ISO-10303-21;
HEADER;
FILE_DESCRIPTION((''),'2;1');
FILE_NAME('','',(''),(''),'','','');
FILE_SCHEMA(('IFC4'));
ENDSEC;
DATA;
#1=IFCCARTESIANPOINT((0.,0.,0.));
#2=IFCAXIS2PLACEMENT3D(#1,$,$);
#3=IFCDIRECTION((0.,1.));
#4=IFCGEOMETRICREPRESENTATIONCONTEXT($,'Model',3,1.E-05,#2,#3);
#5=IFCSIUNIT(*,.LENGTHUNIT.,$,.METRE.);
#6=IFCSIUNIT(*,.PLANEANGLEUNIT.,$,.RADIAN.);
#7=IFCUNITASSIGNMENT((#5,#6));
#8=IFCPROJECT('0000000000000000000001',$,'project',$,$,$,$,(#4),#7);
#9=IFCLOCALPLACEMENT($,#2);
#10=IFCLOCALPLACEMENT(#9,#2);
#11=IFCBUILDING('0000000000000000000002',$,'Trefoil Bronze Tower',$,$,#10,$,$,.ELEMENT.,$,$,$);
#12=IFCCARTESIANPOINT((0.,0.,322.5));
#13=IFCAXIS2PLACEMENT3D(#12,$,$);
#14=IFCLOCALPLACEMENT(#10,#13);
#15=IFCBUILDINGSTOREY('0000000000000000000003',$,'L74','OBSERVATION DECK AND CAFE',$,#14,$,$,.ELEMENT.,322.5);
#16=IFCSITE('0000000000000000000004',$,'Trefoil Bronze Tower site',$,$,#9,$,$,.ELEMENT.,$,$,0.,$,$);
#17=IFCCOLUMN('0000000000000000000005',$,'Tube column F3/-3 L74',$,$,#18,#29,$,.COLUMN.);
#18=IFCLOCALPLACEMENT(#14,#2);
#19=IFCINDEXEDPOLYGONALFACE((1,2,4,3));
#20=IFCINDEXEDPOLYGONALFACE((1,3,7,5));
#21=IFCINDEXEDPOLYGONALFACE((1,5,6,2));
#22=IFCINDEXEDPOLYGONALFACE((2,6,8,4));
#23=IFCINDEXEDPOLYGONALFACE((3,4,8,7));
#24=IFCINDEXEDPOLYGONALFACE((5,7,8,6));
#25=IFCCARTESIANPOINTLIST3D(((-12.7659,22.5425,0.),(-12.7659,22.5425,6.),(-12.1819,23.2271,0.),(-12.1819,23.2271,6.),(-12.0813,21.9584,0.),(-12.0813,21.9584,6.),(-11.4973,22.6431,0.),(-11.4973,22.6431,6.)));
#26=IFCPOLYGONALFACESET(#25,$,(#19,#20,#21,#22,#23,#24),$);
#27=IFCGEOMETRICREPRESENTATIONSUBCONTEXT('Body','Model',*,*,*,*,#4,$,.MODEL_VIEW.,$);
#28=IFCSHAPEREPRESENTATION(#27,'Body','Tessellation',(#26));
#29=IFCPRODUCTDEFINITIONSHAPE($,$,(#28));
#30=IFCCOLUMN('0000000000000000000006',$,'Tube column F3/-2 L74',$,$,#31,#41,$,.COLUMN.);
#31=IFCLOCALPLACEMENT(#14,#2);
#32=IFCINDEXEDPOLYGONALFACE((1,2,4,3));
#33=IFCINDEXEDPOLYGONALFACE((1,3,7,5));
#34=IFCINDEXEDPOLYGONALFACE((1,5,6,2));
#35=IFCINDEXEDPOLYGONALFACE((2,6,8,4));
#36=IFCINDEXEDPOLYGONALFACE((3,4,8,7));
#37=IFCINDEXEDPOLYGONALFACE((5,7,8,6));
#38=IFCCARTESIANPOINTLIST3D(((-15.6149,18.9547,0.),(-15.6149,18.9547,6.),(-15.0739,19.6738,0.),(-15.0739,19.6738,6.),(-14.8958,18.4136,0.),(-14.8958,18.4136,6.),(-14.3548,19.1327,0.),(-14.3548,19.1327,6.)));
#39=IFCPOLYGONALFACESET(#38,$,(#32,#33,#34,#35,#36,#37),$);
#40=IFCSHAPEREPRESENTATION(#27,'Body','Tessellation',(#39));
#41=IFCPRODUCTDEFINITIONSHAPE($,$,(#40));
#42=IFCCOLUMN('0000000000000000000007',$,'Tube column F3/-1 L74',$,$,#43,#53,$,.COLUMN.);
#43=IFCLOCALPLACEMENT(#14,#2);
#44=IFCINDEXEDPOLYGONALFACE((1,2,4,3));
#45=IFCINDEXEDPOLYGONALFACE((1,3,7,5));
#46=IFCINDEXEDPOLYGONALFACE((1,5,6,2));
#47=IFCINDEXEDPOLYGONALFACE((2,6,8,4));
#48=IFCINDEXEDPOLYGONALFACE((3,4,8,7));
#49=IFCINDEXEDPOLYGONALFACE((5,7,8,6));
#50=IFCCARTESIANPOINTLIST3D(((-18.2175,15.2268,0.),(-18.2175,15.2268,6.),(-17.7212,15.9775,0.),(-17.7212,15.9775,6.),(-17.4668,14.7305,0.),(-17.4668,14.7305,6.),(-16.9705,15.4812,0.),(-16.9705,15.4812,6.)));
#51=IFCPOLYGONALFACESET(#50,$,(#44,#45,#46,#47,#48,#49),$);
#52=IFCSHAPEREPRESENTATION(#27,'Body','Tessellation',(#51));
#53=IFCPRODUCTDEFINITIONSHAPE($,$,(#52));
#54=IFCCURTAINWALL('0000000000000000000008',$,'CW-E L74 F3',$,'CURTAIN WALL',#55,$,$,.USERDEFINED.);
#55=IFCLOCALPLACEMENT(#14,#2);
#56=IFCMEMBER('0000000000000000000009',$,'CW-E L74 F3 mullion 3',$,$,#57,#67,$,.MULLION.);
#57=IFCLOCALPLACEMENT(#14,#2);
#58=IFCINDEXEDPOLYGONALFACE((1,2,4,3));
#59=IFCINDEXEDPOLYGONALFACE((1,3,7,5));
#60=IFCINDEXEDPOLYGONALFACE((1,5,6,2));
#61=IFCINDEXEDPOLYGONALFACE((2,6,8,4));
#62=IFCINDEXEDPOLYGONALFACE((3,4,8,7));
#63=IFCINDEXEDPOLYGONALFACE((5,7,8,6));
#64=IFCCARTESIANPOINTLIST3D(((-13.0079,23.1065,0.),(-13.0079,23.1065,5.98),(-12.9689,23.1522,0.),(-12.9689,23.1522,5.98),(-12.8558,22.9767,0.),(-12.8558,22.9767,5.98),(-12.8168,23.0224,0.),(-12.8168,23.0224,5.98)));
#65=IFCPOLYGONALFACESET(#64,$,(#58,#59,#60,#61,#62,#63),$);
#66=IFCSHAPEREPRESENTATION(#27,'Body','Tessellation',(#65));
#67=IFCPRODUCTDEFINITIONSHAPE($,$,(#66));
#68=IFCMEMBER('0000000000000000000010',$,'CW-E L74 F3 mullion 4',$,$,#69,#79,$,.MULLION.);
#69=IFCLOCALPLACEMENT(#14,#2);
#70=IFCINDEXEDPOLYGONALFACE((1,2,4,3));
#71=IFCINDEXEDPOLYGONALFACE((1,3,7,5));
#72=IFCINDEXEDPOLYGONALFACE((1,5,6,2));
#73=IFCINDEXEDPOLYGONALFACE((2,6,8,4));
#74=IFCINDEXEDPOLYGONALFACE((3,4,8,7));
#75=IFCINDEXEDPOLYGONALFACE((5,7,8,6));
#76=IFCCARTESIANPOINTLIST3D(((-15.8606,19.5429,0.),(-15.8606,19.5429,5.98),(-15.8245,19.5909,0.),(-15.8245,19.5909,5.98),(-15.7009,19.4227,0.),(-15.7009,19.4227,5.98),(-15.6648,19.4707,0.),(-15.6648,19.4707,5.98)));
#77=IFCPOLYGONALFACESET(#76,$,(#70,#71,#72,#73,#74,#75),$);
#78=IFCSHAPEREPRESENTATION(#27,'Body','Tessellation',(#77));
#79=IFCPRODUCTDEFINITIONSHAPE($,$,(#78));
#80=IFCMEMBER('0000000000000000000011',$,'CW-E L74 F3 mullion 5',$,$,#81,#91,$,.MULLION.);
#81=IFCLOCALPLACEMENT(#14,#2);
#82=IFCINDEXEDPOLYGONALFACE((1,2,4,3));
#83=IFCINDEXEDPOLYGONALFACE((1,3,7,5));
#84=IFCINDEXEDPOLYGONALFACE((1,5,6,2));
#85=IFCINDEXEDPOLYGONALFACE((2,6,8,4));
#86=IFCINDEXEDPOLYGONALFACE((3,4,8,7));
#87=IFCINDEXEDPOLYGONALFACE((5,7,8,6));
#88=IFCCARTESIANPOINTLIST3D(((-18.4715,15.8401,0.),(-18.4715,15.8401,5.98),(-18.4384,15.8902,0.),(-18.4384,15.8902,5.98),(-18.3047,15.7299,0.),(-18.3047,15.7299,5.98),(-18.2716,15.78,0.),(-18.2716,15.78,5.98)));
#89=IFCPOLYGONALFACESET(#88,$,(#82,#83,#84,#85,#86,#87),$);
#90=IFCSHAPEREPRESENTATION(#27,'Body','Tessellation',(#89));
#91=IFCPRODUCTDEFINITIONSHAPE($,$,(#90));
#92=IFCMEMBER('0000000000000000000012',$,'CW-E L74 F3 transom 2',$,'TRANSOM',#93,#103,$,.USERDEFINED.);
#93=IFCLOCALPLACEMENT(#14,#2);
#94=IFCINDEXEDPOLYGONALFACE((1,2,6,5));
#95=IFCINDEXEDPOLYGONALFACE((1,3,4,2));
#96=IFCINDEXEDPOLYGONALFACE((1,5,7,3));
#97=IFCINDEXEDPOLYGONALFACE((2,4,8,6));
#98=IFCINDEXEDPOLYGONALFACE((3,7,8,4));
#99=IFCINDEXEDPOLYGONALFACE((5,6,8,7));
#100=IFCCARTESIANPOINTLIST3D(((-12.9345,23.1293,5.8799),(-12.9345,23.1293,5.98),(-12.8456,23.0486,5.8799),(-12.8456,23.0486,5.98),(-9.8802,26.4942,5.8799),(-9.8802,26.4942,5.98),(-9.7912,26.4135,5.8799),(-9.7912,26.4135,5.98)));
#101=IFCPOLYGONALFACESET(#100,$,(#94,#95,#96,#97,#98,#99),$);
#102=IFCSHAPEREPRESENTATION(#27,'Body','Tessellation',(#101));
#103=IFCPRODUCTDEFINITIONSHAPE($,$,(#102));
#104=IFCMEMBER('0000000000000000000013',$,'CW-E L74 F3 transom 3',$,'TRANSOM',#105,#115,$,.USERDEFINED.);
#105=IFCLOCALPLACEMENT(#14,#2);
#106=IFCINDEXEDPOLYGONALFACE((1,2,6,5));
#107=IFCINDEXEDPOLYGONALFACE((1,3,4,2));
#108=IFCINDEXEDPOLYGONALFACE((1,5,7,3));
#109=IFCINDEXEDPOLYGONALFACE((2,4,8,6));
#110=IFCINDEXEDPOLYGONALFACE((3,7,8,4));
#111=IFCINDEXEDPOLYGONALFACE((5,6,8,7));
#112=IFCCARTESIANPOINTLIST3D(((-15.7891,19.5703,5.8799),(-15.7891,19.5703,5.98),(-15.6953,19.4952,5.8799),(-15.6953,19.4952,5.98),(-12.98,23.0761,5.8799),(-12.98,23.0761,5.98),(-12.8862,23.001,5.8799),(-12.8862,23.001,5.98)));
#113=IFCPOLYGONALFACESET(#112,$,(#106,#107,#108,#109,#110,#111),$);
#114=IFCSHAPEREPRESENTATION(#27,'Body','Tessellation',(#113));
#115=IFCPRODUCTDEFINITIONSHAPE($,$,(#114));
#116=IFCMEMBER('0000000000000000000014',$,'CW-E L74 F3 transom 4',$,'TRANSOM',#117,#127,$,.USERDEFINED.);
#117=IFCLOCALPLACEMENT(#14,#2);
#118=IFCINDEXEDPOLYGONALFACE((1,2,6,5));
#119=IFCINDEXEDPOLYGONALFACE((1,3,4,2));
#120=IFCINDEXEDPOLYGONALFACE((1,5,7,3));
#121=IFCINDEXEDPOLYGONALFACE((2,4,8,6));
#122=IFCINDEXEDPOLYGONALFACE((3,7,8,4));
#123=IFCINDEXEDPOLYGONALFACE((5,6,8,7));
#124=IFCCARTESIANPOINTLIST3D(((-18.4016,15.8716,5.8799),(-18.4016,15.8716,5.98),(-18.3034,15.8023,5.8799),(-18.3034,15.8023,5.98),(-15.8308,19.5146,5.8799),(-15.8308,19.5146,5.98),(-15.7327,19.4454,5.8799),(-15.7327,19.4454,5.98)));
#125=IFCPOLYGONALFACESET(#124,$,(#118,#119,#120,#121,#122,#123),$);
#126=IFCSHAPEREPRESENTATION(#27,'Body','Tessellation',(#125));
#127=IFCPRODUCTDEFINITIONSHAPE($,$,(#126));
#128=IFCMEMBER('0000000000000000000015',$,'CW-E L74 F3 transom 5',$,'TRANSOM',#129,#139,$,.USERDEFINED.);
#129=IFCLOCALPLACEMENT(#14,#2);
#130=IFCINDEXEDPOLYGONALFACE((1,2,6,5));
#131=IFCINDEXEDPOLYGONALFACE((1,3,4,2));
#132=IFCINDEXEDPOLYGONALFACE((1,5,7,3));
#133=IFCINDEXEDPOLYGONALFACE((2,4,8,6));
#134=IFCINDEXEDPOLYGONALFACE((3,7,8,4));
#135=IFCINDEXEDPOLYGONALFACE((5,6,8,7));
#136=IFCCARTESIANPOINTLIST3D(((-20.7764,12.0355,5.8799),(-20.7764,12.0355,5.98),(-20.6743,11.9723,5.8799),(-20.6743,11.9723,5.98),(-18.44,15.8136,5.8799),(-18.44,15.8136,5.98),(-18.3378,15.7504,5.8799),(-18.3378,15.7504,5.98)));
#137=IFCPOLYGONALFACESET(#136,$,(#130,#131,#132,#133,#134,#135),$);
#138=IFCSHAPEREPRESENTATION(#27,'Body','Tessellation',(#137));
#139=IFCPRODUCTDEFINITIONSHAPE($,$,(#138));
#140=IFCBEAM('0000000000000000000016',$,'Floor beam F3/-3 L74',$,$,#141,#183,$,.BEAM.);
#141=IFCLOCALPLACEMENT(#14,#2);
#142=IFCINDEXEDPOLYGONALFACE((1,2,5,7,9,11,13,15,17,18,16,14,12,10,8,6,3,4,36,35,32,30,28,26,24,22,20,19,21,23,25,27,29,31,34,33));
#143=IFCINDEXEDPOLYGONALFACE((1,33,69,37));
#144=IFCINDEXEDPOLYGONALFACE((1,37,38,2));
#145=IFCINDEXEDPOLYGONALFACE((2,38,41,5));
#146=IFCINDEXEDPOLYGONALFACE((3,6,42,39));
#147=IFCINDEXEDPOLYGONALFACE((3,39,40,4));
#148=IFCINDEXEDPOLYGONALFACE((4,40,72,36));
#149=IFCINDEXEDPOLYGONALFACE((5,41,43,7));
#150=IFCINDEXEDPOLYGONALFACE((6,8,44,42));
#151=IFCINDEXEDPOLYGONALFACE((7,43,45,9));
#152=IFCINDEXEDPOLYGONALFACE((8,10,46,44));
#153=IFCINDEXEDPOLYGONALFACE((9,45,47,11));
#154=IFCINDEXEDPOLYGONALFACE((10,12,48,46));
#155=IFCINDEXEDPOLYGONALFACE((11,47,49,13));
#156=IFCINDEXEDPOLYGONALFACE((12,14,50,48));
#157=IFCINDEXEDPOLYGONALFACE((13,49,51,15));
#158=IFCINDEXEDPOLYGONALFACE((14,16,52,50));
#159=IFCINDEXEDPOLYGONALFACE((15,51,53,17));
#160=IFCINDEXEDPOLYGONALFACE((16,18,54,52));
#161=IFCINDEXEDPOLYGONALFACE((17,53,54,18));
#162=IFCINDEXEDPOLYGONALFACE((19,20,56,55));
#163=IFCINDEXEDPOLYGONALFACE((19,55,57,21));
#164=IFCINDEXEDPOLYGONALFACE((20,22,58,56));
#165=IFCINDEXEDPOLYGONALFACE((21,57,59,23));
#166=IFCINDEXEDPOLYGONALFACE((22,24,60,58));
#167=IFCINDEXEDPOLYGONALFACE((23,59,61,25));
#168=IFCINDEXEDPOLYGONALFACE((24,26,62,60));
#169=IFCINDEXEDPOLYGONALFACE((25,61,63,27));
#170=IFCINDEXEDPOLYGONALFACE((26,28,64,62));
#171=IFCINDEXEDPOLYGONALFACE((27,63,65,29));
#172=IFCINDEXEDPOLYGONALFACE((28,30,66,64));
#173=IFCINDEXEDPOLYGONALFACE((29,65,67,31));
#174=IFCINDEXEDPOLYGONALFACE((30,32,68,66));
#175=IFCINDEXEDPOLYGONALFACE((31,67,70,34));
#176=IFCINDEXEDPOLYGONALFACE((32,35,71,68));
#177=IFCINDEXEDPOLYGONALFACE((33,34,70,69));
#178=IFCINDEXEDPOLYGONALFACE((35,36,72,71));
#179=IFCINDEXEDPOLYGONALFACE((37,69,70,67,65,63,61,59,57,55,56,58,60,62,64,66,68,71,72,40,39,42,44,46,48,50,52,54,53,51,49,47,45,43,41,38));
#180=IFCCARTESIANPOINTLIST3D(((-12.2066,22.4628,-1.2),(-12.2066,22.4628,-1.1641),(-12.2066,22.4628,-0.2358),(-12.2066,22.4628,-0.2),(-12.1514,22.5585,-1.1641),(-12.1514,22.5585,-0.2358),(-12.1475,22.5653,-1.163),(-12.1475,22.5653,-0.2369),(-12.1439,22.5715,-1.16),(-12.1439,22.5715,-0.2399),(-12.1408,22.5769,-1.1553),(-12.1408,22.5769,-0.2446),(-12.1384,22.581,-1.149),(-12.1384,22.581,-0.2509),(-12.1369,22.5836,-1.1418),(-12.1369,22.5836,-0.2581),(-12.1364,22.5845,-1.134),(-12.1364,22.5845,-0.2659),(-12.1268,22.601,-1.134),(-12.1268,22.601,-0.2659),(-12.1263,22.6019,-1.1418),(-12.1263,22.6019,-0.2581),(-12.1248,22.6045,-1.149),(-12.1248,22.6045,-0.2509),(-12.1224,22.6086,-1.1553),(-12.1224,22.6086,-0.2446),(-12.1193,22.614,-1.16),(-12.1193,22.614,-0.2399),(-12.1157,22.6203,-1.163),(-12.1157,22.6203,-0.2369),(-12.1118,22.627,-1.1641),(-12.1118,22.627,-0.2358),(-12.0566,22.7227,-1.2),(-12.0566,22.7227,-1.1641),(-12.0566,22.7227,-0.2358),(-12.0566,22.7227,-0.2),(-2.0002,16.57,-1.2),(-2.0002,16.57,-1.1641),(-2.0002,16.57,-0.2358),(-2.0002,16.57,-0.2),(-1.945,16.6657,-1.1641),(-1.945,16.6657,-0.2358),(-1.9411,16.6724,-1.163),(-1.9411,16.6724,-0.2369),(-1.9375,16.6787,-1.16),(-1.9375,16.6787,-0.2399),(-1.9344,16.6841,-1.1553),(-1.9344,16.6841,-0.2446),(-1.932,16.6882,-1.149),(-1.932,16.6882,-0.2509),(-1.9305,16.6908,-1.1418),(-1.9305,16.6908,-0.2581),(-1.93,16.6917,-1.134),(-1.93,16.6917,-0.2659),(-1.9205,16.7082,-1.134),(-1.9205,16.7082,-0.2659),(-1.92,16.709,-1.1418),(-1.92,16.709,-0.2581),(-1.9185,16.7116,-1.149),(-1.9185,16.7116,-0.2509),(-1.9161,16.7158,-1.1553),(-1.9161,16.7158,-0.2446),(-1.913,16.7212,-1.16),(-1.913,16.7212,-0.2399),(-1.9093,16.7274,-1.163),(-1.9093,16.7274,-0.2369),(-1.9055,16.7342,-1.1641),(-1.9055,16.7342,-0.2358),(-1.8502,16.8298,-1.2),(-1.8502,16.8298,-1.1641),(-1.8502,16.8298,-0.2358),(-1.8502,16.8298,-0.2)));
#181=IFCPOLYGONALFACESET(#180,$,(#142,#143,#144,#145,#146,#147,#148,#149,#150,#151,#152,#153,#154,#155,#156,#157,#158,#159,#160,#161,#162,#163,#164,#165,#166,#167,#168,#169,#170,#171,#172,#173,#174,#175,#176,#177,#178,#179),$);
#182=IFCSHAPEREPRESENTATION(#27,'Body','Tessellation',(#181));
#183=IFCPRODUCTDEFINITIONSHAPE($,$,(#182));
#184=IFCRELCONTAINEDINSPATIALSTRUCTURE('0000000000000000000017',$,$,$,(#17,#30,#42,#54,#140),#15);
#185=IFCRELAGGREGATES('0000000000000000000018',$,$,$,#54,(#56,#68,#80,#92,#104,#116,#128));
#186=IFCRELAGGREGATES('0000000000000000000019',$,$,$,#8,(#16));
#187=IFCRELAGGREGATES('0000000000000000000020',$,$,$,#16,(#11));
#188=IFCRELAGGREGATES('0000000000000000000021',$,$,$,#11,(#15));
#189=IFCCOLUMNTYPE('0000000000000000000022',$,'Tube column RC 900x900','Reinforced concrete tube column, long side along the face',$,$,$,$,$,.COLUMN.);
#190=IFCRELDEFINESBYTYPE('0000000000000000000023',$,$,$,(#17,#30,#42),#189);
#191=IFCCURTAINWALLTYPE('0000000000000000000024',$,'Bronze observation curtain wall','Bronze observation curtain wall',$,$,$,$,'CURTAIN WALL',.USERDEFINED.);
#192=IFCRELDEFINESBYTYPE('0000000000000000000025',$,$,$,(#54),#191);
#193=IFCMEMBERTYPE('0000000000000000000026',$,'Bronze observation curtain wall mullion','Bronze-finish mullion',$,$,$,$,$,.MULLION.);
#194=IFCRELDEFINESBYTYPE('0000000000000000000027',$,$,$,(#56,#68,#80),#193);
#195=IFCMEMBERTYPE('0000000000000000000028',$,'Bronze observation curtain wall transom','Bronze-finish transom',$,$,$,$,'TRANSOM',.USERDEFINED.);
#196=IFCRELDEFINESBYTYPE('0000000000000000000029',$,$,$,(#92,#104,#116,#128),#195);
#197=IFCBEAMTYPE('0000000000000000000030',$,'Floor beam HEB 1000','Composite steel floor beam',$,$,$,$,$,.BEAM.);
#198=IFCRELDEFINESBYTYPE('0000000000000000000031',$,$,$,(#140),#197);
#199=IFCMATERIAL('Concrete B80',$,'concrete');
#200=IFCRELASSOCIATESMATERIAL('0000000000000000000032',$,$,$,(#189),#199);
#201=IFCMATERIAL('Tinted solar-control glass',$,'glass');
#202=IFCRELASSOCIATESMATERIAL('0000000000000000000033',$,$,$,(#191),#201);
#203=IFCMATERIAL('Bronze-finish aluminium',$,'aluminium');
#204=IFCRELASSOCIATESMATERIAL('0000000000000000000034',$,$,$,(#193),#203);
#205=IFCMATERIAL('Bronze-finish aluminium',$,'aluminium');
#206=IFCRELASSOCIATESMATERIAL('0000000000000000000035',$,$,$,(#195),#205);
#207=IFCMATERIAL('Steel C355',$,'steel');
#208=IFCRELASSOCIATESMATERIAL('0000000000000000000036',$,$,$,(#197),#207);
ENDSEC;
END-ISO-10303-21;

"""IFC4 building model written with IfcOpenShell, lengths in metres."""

from ifc_helpers import new_model, si_unit, direction, frame, origin, origin_2d, place, context, subcontext, project, spatial, rectangle, i_section, extrude, material, material_profile, profile_set, type_object, element, aggregate, save


model = new_model("IFC4")

# Units and contexts
model_context = context("Model", 3, precision=1e-05, world=origin(), true_north=direction((0.0, 1.0)))
body_context = subcontext(model_context, "Body", "Model", "MODEL_VIEW")
ifc_project = project(units=[si_unit("LENGTHUNIT", "METRE"), si_unit("PLANEANGLEUNIT", "RADIAN")], contexts=[model_context])

# Site, building, storey
site_placement = place(None, origin())
site = spatial("IfcSite", under=ifc_project, at=site_placement, Name="Trefoil Bronze Tower site", CompositionType="ELEMENT", RefElevation=0.0)
building_placement = place(site_placement, origin())
building = spatial("IfcBuilding", under=site, at=building_placement, Name="Trefoil Bronze Tower", CompositionType="ELEMENT")
storey_placement = place(building_placement, frame((0.0, 0.0, 322.5)))
storey = spatial("IfcBuildingStorey", under=building, at=storey_placement, Name="L74", Description="OBSERVATION DECK AND CAFE", CompositionType="ELEMENT", Elevation=322.5)

# Columns
ifc_material_1 = material(Name="Concrete B80", Category="concrete")
ifc_material_profile_1 = material_profile(ifc_material_1, rectangle(XDim=0.8999, YDim=0.8999, at=origin_2d()), Name="RC 900x900")
ifc_profile_set_1 = profile_set([ifc_material_profile_1], Name="Concrete B80")
column_type = type_object("IfcColumnType", Name="Tube column RC 900x900", Description="Reinforced concrete tube column, long side along the face", PredefinedType="COLUMN", material=ifc_profile_set_1)
for number, where, z_axis, x_axis, name in (
    (1, (-12.1316, 22.5928, 0.0), (0.0, 0.0, 1.0), (-0.649008, -0.760781, 0.0), "Tube column F3/-3 L74"),
    (2, (-14.9849, 19.0437, 0.0), (0.0, 0.0, 1.0), (-0.601203, -0.799096, 0.0), "Tube column F3/-2 L74"),
    (3, (-17.594, 15.354, 0.0), (0.0, 0.0, 1.0), (-0.551524, -0.834159, 0.0), "Tube column F3/-1 L74"),
):
    element("IfcColumn", number, at=place(storey_placement, frame(where, z_axis=z_axis, x_axis=x_axis)), inside=storey, type_object=column_type, Name=name, PredefinedType="COLUMN", context=body_context, shape_type="SweptSolid", body=[
        extrude(rectangle(XDim=0.8999, YDim=0.8999, at=origin_2d()), origin(), (0.0, 0.0, 1.0), 6.0),
    ])

# Curtain wall, members
ifc_material_2 = material(Name="Tinted solar-control glass", Category="glass")
curtain_wall_type = type_object("IfcCurtainWallType", Name="Bronze observation curtain wall", Description="Bronze observation curtain wall", ElementType="CURTAIN WALL", PredefinedType="USERDEFINED", material=ifc_material_2)
curtain_wall_placement = place(storey_placement, origin())
curtain_wall = element("IfcCurtainWall", 4, at=curtain_wall_placement, inside=storey, type_object=curtain_wall_type, Name="CW-E L74 F3", ObjectType="CURTAIN WALL", PredefinedType="USERDEFINED")
ifc_material_3 = material(Name="Bronze-finish aluminium", Category="aluminium")
ifc_material_profile_2 = material_profile(ifc_material_3, rectangle(XDim=0.2, YDim=0.0601, at=origin_2d()), Name="CW-E mullion")
ifc_profile_set_2 = profile_set([ifc_material_profile_2], Name="Bronze-finish aluminium")
member_type_1 = type_object("IfcMemberType", Name="Bronze observation curtain wall mullion", Description="Bronze-finish mullion", PredefinedType="MULLION", material=ifc_profile_set_2)
member_1_placement = place(storey_placement, frame((-12.9124, 23.0645, 0.0), z_axis=(0.0, 0.0, 1.0), x_axis=(0.760781, -0.649008, 0.0)))
member_1 = element("IfcMember", 5, at=member_1_placement, type_object=member_type_1, Name="CW-E L74 F3 mullion 3", PredefinedType="MULLION", context=body_context, shape_type="SweptSolid", body=[
    extrude(rectangle(XDim=0.2, YDim=0.0601, at=origin_2d()), origin(), (0.0, 0.0, 1.0), 5.98),
])
member_2_placement = place(storey_placement, frame((-15.7627, 19.5068, 0.0), z_axis=(0.0, 0.0, 1.0), x_axis=(0.799096, -0.601203, 0.0)))
member_2 = element("IfcMember", 6, at=member_2_placement, type_object=member_type_1, Name="CW-E L74 F3 mullion 4", PredefinedType="MULLION", context=body_context, shape_type="SweptSolid", body=[
    extrude(rectangle(XDim=0.2, YDim=0.0601, at=origin_2d()), origin(), (0.0, 0.0, 1.0), 5.98),
])
member_3_placement = place(storey_placement, frame((-18.3716, 15.8101, 0.0), z_axis=(0.0, 0.0, 1.0), x_axis=(0.834159, -0.551524, 0.0)))
member_3 = element("IfcMember", 7, at=member_3_placement, type_object=member_type_1, Name="CW-E L74 F3 mullion 5", PredefinedType="MULLION", context=body_context, shape_type="SweptSolid", body=[
    extrude(rectangle(XDim=0.2, YDim=0.0601, at=origin_2d()), origin(), (0.0, 0.0, 1.0), 5.98),
])
ifc_material_4 = material(Name="Bronze-finish aluminium", Category="aluminium")
ifc_material_profile_3 = material_profile(ifc_material_4, rectangle(XDim=0.1201, YDim=0.1001, at=origin_2d()), Name="CW-E transom")
ifc_profile_set_3 = profile_set([ifc_material_profile_3], Name="Bronze-finish aluminium")
member_type_2 = type_object("IfcMemberType", Name="Bronze observation curtain wall transom", Description="Bronze-finish transom", ElementType="TRANSOM", PredefinedType="USERDEFINED", material=ifc_profile_set_3)
member_4_placement = place(storey_placement, frame((-9.8357, 26.4539, 5.9299), z_axis=(-0.672114, -0.740448, 0.0), x_axis=(0.740448, -0.672114, 0.0)))
member_4 = element("IfcMember", 8, at=member_4_placement, type_object=member_type_2, Name="CW-E L74 F3 transom 2", ObjectType="TRANSOM", PredefinedType="USERDEFINED", context=body_context, shape_type="SweptSolid", body=[
    extrude(rectangle(XDim=0.1201, YDim=0.1001, at=origin_2d()), origin(), (0.0, 0.0, 1.0), 4.5444),
])
member_5_placement = place(storey_placement, frame((-12.9331, 23.0386, 5.9299), z_axis=(-0.625291, -0.780391, 0.0), x_axis=(0.780391, -0.625291, 0.0)))
member_5 = element("IfcMember", 9, at=member_5_placement, type_object=member_type_2, Name="CW-E L74 F3 transom 3", ObjectType="TRANSOM", PredefinedType="USERDEFINED", context=body_context, shape_type="SweptSolid", body=[
    extrude(rectangle(XDim=0.1201, YDim=0.1001, at=origin_2d()), origin(), (0.0, 0.0, 1.0), 4.4924),
])
member_6_placement = place(storey_placement, frame((-15.7817, 19.48, 5.9299), z_axis=(-0.576567, -0.81705, 0.0), x_axis=(0.81705, -0.576567, 0.0)))
member_6 = element("IfcMember", 10, at=member_6_placement, type_object=member_type_2, Name="CW-E L74 F3 transom 4", ObjectType="TRANSOM", PredefinedType="USERDEFINED", context=body_context, shape_type="SweptSolid", body=[
    extrude(rectangle(XDim=0.1201, YDim=0.1001, at=origin_2d()), origin(), (0.0, 0.0, 1.0), 4.4587),
])
member_7_placement = place(storey_placement, frame((-18.3889, 15.782, 5.9299), z_axis=(-0.525967, -0.850505, 0.0), x_axis=(0.850505, -0.525967, 0.0)))
member_7 = element("IfcMember", 11, at=member_7_placement, type_object=member_type_2, Name="CW-E L74 F3 transom 5", ObjectType="TRANSOM", PredefinedType="USERDEFINED", context=body_context, shape_type="SweptSolid", body=[
    extrude(rectangle(XDim=0.1201, YDim=0.1001, at=origin_2d()), origin(), (0.0, 0.0, 1.0), 4.4421),
])

# Beam
ifc_material_5 = material(Name="Steel C355", Category="steel")
ifc_material_profile_4 = material_profile(ifc_material_5, i_section(OverallWidth=0.3, OverallDepth=1.0, WebThickness=0.019, FlangeThickness=0.0359, FilletRadius=0.03, at=origin_2d()), Name="HEB 1000")
ifc_profile_set_4 = profile_set([ifc_material_profile_4], Name="Steel C355")
beam_type_1 = type_object("IfcBeamType", Name="Floor beam HEB 1000", Description="Composite steel floor beam", PredefinedType="BEAM", material=ifc_profile_set_4)
beam_1_placement = place(storey_placement, frame((-12.1316, 22.5928, -0.7), z_axis=(0.866018, -0.500014, 0.0), x_axis=(0.500014, 0.866018, 0.0)))
element("IfcBeam", 12, at=beam_1_placement, inside=storey, type_object=beam_type_1, Name="Floor beam F3/-3 L74", PredefinedType="BEAM", context=body_context, shape_type="SweptSolid", body=[
    extrude(i_section(OverallWidth=0.3, OverallDepth=1.0, WebThickness=0.019, FlangeThickness=0.0359, FilletRadius=0.03, at=origin_2d()), origin(), (0.0, 0.0, 1.0), 11.7854),
])

aggregate(curtain_wall, [member_1, member_2, member_3, member_4, member_5, member_6, member_7])

save(model, "model.ifc")
